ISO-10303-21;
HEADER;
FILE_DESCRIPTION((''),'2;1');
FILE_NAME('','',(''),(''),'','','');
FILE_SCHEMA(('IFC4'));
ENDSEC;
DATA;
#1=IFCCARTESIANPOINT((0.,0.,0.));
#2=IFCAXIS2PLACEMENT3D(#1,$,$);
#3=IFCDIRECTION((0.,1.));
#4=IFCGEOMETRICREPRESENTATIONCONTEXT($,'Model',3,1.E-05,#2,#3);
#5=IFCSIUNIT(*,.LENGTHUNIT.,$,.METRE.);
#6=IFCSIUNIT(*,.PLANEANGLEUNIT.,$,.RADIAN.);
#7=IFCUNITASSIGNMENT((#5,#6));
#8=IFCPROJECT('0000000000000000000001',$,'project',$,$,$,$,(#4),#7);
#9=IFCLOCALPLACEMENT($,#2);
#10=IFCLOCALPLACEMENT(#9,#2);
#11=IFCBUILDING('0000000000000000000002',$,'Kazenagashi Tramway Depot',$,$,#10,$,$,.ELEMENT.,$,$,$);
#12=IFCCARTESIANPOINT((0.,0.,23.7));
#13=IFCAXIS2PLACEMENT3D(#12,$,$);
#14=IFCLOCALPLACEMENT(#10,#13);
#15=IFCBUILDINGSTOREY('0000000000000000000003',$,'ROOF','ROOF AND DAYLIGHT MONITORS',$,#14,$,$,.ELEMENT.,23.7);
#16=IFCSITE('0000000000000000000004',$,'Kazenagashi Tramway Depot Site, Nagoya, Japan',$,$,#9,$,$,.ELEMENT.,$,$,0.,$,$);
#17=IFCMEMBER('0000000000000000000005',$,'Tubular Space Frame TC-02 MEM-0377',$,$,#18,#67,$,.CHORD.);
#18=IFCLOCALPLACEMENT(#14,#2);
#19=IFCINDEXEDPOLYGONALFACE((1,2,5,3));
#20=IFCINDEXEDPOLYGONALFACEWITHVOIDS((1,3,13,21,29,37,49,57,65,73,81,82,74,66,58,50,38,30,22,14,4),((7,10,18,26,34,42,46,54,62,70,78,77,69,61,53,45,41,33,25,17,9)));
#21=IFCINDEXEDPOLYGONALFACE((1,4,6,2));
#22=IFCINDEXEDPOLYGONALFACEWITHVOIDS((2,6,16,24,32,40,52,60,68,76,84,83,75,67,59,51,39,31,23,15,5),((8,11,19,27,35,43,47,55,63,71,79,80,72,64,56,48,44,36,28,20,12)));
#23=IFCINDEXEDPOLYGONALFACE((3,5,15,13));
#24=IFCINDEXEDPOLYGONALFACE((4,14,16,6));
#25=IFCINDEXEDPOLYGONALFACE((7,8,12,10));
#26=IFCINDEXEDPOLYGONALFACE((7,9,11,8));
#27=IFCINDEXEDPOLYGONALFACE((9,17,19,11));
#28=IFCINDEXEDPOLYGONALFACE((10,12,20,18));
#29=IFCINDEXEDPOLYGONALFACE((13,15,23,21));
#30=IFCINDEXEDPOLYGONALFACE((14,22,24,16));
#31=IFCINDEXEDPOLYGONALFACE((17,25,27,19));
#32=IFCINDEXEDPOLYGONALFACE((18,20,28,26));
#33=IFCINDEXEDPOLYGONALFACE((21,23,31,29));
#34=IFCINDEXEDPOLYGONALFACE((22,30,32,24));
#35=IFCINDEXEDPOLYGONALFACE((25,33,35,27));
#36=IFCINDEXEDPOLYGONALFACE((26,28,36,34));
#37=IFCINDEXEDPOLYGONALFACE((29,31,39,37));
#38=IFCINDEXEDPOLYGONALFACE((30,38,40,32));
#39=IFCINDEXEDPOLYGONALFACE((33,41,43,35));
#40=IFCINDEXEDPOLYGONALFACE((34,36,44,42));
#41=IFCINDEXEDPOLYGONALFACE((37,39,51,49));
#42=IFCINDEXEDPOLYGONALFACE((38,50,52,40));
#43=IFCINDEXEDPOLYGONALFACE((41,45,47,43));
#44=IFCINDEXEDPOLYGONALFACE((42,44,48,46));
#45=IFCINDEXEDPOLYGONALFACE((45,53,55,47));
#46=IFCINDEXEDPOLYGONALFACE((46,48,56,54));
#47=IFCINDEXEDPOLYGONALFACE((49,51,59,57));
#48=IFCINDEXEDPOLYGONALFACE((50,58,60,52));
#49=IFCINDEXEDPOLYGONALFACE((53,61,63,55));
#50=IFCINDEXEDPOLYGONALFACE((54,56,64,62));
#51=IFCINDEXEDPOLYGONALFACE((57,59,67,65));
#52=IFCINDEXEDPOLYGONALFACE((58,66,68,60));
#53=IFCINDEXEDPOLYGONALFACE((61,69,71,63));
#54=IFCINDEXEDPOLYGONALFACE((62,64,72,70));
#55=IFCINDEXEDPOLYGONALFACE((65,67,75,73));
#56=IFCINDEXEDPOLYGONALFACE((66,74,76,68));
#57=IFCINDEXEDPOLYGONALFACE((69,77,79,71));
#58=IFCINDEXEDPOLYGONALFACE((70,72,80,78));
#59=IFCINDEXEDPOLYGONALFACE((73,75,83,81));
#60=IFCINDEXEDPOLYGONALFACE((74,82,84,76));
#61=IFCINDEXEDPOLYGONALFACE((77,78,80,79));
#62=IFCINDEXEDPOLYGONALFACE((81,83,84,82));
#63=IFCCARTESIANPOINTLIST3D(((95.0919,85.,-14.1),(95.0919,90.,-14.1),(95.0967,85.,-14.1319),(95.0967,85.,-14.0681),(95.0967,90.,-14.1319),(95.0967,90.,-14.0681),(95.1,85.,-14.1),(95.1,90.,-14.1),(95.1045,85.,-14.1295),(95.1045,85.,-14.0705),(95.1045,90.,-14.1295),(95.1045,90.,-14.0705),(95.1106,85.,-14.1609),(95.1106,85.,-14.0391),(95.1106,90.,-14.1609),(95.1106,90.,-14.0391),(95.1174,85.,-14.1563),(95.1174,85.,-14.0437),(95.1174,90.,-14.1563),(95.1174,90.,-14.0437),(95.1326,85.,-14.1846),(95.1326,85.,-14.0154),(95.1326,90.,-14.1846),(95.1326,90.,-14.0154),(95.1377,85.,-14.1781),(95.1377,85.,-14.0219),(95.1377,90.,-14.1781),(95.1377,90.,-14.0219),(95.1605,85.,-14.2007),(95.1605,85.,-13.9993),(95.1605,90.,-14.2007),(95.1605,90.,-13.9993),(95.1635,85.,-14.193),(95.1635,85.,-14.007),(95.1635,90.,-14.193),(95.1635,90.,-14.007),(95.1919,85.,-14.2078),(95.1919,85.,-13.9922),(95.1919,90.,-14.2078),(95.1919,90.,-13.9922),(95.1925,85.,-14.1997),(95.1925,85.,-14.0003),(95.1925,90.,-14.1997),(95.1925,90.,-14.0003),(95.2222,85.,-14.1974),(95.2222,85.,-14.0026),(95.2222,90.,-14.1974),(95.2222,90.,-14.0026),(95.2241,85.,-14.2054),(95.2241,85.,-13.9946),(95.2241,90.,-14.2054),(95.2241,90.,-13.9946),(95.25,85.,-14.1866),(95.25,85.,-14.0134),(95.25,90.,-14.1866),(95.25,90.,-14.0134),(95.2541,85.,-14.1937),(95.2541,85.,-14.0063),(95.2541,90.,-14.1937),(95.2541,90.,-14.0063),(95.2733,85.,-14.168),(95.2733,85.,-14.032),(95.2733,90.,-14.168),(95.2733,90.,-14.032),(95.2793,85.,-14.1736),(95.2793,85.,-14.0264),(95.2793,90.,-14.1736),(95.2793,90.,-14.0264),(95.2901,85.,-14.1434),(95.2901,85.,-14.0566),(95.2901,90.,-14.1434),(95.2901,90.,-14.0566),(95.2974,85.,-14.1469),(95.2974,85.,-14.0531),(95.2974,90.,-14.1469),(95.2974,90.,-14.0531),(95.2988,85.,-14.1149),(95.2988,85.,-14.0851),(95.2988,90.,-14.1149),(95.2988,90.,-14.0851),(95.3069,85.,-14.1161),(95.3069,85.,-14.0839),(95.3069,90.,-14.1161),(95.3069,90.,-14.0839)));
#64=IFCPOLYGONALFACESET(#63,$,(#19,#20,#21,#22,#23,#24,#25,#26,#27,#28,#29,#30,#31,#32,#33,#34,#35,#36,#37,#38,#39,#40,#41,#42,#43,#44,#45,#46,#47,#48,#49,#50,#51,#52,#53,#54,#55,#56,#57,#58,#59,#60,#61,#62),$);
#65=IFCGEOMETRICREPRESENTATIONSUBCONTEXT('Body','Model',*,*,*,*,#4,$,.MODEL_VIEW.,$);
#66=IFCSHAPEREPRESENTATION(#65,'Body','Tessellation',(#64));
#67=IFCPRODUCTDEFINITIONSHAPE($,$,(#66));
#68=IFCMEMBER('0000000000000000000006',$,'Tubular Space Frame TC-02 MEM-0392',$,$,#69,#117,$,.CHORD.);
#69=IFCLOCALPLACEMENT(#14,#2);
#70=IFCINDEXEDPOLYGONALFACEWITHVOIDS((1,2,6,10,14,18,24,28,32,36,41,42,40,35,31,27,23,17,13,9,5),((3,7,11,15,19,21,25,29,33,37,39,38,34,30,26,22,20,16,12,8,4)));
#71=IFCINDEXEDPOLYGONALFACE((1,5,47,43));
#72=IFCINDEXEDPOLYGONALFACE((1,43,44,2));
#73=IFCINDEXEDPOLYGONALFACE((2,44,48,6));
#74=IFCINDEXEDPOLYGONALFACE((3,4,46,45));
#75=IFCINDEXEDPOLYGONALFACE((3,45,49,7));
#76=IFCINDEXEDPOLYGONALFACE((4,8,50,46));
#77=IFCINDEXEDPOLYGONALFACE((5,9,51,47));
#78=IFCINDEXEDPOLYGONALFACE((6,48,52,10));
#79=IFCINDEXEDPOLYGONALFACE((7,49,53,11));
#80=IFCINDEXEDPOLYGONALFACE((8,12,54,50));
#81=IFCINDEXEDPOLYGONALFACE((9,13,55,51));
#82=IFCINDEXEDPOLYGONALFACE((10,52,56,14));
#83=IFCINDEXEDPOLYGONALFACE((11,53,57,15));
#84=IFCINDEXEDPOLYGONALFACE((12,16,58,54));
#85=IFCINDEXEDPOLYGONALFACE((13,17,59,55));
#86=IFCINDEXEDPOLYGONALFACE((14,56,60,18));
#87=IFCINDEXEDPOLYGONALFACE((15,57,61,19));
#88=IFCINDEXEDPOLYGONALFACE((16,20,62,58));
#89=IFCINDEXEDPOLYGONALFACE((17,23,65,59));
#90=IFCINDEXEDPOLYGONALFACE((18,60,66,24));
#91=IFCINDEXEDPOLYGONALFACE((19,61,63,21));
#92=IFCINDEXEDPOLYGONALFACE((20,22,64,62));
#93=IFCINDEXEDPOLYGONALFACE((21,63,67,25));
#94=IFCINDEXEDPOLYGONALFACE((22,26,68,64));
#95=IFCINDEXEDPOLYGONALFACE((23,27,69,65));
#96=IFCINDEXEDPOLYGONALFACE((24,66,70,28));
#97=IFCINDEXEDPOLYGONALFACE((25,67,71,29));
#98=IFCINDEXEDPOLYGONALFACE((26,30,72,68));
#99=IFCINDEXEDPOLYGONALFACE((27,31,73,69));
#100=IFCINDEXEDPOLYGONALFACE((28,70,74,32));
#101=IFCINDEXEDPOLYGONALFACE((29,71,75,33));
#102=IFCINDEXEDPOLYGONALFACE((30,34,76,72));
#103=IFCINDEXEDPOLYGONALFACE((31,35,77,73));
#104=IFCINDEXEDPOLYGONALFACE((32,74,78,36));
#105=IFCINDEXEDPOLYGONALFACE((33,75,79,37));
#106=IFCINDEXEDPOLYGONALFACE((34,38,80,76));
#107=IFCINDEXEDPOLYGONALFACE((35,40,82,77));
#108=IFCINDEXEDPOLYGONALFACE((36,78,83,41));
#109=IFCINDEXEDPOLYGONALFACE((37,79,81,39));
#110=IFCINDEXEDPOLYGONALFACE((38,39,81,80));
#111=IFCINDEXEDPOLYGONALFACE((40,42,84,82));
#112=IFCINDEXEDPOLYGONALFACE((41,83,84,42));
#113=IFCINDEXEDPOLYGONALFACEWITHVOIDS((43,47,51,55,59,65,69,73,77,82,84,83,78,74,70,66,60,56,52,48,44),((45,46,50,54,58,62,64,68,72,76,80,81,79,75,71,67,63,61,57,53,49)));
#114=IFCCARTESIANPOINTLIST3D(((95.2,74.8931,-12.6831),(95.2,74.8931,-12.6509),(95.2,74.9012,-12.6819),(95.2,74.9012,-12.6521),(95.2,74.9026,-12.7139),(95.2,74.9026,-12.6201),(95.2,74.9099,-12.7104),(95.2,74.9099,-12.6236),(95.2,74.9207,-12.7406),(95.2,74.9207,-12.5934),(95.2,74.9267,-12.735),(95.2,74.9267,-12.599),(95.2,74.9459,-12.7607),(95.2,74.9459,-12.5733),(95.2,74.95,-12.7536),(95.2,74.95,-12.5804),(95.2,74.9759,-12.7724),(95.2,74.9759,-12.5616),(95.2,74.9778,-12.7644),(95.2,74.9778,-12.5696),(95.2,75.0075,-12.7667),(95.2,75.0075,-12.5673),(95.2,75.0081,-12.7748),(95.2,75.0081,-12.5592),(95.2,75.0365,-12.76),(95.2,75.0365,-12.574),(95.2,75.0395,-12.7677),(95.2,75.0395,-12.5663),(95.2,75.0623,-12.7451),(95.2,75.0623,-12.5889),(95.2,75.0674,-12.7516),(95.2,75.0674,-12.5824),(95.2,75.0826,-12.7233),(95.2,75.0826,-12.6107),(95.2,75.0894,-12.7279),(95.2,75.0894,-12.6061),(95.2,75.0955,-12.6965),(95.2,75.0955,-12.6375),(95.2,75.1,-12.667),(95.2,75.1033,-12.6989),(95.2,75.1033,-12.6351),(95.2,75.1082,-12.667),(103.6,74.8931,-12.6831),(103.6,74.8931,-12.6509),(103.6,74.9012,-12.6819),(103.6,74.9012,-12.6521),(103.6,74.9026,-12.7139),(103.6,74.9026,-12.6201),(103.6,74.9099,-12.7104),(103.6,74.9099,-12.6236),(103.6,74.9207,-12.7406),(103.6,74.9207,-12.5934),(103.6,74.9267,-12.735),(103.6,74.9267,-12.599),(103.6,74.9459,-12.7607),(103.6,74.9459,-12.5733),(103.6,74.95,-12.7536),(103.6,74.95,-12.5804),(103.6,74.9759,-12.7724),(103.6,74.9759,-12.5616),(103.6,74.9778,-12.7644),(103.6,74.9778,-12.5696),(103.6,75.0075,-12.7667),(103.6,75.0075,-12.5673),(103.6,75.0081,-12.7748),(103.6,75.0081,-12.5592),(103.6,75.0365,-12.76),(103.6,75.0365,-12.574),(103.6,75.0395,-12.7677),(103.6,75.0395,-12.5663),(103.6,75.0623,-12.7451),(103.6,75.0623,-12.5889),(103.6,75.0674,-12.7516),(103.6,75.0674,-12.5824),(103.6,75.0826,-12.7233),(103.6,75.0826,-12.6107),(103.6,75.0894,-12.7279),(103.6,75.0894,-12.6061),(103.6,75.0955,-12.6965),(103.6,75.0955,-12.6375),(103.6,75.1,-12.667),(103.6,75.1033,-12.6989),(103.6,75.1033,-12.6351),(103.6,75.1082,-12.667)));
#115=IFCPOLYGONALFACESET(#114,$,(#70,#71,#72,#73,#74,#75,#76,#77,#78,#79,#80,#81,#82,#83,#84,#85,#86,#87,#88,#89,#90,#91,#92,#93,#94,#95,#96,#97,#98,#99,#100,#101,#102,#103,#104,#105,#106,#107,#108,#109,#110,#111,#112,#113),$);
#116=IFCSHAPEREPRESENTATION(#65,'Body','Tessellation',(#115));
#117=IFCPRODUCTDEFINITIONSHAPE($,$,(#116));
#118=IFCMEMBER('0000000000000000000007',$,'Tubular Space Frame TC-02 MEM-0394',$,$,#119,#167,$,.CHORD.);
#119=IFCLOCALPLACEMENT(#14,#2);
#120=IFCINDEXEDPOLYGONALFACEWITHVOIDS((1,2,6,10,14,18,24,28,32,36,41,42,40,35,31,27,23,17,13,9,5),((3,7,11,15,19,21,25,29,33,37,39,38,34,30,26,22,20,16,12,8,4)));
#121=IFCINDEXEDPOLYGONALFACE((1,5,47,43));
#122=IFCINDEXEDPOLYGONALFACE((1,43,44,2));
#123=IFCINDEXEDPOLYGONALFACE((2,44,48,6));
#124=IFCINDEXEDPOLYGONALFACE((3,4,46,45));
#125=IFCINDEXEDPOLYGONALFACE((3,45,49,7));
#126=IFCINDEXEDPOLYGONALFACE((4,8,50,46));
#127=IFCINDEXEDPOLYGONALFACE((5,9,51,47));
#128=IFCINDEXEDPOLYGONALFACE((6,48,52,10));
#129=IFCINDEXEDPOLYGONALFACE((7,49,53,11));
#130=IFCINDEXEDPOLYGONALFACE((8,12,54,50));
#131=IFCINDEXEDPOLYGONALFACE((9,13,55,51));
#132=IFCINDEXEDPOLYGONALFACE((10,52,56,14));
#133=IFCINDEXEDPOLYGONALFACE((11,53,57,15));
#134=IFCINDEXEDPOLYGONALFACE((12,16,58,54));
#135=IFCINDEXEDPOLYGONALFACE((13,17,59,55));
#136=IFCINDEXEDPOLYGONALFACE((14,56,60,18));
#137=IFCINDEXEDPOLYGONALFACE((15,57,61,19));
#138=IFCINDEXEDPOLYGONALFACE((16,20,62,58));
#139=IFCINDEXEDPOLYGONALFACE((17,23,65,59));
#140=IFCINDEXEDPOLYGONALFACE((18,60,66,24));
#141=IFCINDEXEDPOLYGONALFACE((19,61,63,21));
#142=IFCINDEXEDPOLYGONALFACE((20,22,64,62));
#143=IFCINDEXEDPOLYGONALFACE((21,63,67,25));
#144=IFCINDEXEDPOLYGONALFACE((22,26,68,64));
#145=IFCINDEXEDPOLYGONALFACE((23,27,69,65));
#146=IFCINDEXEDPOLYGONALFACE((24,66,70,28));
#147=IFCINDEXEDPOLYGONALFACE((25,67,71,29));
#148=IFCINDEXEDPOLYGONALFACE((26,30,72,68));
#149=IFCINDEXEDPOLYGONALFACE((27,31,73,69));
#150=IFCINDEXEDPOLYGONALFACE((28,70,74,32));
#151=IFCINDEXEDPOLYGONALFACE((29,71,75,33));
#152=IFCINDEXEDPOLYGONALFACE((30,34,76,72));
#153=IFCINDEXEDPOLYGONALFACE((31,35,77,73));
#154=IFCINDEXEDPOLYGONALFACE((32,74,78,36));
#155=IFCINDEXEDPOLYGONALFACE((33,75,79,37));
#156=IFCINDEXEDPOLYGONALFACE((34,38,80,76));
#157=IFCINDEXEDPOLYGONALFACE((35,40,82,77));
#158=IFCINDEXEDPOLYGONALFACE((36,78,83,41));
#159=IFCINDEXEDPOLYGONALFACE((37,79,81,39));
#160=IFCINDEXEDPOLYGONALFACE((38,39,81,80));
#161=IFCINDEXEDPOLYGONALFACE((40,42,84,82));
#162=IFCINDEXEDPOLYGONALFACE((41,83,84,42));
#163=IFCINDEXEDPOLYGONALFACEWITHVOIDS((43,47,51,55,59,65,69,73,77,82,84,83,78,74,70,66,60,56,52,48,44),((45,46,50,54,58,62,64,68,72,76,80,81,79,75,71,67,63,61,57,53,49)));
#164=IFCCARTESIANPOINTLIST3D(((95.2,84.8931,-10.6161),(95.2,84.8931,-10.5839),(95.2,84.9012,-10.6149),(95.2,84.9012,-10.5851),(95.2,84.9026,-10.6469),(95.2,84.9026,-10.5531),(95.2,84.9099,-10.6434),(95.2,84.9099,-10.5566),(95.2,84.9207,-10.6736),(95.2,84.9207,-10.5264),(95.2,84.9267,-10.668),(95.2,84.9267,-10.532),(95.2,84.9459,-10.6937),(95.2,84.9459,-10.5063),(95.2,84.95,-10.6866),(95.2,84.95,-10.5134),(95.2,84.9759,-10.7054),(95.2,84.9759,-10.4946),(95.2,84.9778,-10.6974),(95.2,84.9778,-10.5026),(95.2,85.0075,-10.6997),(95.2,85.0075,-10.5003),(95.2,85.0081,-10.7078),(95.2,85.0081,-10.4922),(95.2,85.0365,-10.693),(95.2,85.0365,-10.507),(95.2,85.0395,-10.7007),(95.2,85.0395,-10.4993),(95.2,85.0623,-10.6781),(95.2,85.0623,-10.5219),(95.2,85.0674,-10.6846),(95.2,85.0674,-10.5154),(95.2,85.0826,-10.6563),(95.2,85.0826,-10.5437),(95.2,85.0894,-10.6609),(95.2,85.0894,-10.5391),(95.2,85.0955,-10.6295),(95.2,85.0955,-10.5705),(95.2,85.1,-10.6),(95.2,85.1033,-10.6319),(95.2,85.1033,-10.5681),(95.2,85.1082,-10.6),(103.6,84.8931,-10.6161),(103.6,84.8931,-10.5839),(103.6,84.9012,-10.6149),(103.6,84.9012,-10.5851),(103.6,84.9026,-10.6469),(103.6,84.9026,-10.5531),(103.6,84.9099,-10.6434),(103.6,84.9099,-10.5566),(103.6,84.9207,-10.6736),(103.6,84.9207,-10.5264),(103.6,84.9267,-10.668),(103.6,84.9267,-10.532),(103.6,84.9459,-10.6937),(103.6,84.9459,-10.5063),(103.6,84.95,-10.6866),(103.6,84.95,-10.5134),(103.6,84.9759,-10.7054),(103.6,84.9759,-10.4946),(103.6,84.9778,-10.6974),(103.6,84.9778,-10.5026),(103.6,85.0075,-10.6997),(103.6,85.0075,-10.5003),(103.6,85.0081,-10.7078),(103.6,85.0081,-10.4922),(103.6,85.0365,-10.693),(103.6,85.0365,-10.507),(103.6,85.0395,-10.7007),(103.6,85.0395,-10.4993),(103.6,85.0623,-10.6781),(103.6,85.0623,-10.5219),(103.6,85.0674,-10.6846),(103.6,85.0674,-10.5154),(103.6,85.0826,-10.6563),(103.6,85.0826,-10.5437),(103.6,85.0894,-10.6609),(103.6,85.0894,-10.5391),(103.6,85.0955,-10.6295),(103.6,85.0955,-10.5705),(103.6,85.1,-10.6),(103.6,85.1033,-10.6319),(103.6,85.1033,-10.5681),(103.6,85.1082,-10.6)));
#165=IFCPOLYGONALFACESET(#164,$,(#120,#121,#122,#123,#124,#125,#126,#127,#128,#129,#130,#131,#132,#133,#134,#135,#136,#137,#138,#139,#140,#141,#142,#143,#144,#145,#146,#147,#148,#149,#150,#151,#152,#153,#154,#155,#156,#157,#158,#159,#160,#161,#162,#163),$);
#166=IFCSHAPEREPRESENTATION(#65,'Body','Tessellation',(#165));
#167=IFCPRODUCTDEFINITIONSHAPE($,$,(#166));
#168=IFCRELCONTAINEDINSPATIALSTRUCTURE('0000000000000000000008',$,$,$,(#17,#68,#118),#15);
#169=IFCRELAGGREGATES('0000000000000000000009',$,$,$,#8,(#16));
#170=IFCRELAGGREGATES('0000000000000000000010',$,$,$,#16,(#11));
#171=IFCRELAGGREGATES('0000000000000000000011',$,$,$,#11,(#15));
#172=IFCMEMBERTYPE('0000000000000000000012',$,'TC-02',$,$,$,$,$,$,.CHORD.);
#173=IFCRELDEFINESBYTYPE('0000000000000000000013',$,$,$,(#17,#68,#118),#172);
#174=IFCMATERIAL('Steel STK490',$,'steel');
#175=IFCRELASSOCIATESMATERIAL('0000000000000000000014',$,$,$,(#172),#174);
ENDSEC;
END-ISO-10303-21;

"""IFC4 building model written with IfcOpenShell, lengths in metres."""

from ifc_helpers import new_model, si_unit, direction, frame, origin, origin_2d, place, context, subcontext, project, spatial, hollow_circle, extrude, material, material_profile, profile_set, type_object, element, save


model = new_model("IFC4")

# Units and contexts
model_context = context("Model", 3, precision=1e-05, world=origin(), true_north=direction((0.0, 1.0)))
body_context = subcontext(model_context, "Body", "Model", "MODEL_VIEW")
ifc_project = project(units=[si_unit("LENGTHUNIT", "METRE"), si_unit("PLANEANGLEUNIT", "RADIAN")], contexts=[model_context])

# Site, building, storey
site_placement = place(None, origin())
site = spatial("IfcSite", under=ifc_project, at=site_placement, Name="Kazenagashi Tramway Depot Site, Nagoya, Japan", CompositionType="ELEMENT", RefElevation=0.0)
building_placement = place(site_placement, origin())
building = spatial("IfcBuilding", under=site, at=building_placement, Name="Kazenagashi Tramway Depot", CompositionType="ELEMENT")
storey_placement = place(building_placement, frame((0.0, 0.0, 23.7)))
storey = spatial("IfcBuildingStorey", under=building, at=storey_placement, Name="ROOF", Description="ROOF AND DAYLIGHT MONITORS", CompositionType="ELEMENT", Elevation=23.7)

# Members
ifc_material_1 = material(Name="Steel STK490", Category="steel")
ifc_material_profile_1 = material_profile(ifc_material_1, hollow_circle(Radius=0.1081, WallThickness=0.0082, at=origin_2d()), Name="CHS-216.3x8.2")
ifc_profile_set_1 = profile_set([ifc_material_profile_1], Name="Steel STK490")
member_type_1 = type_object("IfcMemberType", Name="TC-02", PredefinedType="CHORD", material=ifc_profile_set_1)
for number, where, z_axis, x_axis, name in (
    (1, (95.2, 85.0, -14.1), (0.0, 1.0, 0.0), (-1.0, 0.0, 0.0), "Tubular Space Frame TC-02 MEM-0377"),
):
    element("IfcMember", number, at=place(storey_placement, frame(where, z_axis=z_axis, x_axis=x_axis)), inside=storey, type_object=member_type_1, Name=name, PredefinedType="CHORD", context=body_context, shape_type="SweptSolid", body=[
        extrude(hollow_circle(Radius=0.1081, WallThickness=0.0082, at=origin_2d()), origin(), (0.0, 0.0, 1.0), 5.0),
    ])
for number, where, z_axis, x_axis, name in (
    (2, (95.2, 75.0, -12.667), (1.0, 0.0, 0.0), (0.0, 1.0, 0.0), "Tubular Space Frame TC-02 MEM-0392"),
    (3, (95.2, 85.0, -10.6), (1.0, 0.0, 0.0), (0.0, 1.0, 0.0), "Tubular Space Frame TC-02 MEM-0394"),
):
    element("IfcMember", number, at=place(storey_placement, frame(where, z_axis=z_axis, x_axis=x_axis)), inside=storey, type_object=member_type_1, Name=name, PredefinedType="CHORD", context=body_context, shape_type="SweptSolid", body=[
        extrude(hollow_circle(Radius=0.1081, WallThickness=0.0082, at=origin_2d()), origin(), (0.0, 0.0, 1.0), 8.4),
    ])

save(model, "model.ifc")
